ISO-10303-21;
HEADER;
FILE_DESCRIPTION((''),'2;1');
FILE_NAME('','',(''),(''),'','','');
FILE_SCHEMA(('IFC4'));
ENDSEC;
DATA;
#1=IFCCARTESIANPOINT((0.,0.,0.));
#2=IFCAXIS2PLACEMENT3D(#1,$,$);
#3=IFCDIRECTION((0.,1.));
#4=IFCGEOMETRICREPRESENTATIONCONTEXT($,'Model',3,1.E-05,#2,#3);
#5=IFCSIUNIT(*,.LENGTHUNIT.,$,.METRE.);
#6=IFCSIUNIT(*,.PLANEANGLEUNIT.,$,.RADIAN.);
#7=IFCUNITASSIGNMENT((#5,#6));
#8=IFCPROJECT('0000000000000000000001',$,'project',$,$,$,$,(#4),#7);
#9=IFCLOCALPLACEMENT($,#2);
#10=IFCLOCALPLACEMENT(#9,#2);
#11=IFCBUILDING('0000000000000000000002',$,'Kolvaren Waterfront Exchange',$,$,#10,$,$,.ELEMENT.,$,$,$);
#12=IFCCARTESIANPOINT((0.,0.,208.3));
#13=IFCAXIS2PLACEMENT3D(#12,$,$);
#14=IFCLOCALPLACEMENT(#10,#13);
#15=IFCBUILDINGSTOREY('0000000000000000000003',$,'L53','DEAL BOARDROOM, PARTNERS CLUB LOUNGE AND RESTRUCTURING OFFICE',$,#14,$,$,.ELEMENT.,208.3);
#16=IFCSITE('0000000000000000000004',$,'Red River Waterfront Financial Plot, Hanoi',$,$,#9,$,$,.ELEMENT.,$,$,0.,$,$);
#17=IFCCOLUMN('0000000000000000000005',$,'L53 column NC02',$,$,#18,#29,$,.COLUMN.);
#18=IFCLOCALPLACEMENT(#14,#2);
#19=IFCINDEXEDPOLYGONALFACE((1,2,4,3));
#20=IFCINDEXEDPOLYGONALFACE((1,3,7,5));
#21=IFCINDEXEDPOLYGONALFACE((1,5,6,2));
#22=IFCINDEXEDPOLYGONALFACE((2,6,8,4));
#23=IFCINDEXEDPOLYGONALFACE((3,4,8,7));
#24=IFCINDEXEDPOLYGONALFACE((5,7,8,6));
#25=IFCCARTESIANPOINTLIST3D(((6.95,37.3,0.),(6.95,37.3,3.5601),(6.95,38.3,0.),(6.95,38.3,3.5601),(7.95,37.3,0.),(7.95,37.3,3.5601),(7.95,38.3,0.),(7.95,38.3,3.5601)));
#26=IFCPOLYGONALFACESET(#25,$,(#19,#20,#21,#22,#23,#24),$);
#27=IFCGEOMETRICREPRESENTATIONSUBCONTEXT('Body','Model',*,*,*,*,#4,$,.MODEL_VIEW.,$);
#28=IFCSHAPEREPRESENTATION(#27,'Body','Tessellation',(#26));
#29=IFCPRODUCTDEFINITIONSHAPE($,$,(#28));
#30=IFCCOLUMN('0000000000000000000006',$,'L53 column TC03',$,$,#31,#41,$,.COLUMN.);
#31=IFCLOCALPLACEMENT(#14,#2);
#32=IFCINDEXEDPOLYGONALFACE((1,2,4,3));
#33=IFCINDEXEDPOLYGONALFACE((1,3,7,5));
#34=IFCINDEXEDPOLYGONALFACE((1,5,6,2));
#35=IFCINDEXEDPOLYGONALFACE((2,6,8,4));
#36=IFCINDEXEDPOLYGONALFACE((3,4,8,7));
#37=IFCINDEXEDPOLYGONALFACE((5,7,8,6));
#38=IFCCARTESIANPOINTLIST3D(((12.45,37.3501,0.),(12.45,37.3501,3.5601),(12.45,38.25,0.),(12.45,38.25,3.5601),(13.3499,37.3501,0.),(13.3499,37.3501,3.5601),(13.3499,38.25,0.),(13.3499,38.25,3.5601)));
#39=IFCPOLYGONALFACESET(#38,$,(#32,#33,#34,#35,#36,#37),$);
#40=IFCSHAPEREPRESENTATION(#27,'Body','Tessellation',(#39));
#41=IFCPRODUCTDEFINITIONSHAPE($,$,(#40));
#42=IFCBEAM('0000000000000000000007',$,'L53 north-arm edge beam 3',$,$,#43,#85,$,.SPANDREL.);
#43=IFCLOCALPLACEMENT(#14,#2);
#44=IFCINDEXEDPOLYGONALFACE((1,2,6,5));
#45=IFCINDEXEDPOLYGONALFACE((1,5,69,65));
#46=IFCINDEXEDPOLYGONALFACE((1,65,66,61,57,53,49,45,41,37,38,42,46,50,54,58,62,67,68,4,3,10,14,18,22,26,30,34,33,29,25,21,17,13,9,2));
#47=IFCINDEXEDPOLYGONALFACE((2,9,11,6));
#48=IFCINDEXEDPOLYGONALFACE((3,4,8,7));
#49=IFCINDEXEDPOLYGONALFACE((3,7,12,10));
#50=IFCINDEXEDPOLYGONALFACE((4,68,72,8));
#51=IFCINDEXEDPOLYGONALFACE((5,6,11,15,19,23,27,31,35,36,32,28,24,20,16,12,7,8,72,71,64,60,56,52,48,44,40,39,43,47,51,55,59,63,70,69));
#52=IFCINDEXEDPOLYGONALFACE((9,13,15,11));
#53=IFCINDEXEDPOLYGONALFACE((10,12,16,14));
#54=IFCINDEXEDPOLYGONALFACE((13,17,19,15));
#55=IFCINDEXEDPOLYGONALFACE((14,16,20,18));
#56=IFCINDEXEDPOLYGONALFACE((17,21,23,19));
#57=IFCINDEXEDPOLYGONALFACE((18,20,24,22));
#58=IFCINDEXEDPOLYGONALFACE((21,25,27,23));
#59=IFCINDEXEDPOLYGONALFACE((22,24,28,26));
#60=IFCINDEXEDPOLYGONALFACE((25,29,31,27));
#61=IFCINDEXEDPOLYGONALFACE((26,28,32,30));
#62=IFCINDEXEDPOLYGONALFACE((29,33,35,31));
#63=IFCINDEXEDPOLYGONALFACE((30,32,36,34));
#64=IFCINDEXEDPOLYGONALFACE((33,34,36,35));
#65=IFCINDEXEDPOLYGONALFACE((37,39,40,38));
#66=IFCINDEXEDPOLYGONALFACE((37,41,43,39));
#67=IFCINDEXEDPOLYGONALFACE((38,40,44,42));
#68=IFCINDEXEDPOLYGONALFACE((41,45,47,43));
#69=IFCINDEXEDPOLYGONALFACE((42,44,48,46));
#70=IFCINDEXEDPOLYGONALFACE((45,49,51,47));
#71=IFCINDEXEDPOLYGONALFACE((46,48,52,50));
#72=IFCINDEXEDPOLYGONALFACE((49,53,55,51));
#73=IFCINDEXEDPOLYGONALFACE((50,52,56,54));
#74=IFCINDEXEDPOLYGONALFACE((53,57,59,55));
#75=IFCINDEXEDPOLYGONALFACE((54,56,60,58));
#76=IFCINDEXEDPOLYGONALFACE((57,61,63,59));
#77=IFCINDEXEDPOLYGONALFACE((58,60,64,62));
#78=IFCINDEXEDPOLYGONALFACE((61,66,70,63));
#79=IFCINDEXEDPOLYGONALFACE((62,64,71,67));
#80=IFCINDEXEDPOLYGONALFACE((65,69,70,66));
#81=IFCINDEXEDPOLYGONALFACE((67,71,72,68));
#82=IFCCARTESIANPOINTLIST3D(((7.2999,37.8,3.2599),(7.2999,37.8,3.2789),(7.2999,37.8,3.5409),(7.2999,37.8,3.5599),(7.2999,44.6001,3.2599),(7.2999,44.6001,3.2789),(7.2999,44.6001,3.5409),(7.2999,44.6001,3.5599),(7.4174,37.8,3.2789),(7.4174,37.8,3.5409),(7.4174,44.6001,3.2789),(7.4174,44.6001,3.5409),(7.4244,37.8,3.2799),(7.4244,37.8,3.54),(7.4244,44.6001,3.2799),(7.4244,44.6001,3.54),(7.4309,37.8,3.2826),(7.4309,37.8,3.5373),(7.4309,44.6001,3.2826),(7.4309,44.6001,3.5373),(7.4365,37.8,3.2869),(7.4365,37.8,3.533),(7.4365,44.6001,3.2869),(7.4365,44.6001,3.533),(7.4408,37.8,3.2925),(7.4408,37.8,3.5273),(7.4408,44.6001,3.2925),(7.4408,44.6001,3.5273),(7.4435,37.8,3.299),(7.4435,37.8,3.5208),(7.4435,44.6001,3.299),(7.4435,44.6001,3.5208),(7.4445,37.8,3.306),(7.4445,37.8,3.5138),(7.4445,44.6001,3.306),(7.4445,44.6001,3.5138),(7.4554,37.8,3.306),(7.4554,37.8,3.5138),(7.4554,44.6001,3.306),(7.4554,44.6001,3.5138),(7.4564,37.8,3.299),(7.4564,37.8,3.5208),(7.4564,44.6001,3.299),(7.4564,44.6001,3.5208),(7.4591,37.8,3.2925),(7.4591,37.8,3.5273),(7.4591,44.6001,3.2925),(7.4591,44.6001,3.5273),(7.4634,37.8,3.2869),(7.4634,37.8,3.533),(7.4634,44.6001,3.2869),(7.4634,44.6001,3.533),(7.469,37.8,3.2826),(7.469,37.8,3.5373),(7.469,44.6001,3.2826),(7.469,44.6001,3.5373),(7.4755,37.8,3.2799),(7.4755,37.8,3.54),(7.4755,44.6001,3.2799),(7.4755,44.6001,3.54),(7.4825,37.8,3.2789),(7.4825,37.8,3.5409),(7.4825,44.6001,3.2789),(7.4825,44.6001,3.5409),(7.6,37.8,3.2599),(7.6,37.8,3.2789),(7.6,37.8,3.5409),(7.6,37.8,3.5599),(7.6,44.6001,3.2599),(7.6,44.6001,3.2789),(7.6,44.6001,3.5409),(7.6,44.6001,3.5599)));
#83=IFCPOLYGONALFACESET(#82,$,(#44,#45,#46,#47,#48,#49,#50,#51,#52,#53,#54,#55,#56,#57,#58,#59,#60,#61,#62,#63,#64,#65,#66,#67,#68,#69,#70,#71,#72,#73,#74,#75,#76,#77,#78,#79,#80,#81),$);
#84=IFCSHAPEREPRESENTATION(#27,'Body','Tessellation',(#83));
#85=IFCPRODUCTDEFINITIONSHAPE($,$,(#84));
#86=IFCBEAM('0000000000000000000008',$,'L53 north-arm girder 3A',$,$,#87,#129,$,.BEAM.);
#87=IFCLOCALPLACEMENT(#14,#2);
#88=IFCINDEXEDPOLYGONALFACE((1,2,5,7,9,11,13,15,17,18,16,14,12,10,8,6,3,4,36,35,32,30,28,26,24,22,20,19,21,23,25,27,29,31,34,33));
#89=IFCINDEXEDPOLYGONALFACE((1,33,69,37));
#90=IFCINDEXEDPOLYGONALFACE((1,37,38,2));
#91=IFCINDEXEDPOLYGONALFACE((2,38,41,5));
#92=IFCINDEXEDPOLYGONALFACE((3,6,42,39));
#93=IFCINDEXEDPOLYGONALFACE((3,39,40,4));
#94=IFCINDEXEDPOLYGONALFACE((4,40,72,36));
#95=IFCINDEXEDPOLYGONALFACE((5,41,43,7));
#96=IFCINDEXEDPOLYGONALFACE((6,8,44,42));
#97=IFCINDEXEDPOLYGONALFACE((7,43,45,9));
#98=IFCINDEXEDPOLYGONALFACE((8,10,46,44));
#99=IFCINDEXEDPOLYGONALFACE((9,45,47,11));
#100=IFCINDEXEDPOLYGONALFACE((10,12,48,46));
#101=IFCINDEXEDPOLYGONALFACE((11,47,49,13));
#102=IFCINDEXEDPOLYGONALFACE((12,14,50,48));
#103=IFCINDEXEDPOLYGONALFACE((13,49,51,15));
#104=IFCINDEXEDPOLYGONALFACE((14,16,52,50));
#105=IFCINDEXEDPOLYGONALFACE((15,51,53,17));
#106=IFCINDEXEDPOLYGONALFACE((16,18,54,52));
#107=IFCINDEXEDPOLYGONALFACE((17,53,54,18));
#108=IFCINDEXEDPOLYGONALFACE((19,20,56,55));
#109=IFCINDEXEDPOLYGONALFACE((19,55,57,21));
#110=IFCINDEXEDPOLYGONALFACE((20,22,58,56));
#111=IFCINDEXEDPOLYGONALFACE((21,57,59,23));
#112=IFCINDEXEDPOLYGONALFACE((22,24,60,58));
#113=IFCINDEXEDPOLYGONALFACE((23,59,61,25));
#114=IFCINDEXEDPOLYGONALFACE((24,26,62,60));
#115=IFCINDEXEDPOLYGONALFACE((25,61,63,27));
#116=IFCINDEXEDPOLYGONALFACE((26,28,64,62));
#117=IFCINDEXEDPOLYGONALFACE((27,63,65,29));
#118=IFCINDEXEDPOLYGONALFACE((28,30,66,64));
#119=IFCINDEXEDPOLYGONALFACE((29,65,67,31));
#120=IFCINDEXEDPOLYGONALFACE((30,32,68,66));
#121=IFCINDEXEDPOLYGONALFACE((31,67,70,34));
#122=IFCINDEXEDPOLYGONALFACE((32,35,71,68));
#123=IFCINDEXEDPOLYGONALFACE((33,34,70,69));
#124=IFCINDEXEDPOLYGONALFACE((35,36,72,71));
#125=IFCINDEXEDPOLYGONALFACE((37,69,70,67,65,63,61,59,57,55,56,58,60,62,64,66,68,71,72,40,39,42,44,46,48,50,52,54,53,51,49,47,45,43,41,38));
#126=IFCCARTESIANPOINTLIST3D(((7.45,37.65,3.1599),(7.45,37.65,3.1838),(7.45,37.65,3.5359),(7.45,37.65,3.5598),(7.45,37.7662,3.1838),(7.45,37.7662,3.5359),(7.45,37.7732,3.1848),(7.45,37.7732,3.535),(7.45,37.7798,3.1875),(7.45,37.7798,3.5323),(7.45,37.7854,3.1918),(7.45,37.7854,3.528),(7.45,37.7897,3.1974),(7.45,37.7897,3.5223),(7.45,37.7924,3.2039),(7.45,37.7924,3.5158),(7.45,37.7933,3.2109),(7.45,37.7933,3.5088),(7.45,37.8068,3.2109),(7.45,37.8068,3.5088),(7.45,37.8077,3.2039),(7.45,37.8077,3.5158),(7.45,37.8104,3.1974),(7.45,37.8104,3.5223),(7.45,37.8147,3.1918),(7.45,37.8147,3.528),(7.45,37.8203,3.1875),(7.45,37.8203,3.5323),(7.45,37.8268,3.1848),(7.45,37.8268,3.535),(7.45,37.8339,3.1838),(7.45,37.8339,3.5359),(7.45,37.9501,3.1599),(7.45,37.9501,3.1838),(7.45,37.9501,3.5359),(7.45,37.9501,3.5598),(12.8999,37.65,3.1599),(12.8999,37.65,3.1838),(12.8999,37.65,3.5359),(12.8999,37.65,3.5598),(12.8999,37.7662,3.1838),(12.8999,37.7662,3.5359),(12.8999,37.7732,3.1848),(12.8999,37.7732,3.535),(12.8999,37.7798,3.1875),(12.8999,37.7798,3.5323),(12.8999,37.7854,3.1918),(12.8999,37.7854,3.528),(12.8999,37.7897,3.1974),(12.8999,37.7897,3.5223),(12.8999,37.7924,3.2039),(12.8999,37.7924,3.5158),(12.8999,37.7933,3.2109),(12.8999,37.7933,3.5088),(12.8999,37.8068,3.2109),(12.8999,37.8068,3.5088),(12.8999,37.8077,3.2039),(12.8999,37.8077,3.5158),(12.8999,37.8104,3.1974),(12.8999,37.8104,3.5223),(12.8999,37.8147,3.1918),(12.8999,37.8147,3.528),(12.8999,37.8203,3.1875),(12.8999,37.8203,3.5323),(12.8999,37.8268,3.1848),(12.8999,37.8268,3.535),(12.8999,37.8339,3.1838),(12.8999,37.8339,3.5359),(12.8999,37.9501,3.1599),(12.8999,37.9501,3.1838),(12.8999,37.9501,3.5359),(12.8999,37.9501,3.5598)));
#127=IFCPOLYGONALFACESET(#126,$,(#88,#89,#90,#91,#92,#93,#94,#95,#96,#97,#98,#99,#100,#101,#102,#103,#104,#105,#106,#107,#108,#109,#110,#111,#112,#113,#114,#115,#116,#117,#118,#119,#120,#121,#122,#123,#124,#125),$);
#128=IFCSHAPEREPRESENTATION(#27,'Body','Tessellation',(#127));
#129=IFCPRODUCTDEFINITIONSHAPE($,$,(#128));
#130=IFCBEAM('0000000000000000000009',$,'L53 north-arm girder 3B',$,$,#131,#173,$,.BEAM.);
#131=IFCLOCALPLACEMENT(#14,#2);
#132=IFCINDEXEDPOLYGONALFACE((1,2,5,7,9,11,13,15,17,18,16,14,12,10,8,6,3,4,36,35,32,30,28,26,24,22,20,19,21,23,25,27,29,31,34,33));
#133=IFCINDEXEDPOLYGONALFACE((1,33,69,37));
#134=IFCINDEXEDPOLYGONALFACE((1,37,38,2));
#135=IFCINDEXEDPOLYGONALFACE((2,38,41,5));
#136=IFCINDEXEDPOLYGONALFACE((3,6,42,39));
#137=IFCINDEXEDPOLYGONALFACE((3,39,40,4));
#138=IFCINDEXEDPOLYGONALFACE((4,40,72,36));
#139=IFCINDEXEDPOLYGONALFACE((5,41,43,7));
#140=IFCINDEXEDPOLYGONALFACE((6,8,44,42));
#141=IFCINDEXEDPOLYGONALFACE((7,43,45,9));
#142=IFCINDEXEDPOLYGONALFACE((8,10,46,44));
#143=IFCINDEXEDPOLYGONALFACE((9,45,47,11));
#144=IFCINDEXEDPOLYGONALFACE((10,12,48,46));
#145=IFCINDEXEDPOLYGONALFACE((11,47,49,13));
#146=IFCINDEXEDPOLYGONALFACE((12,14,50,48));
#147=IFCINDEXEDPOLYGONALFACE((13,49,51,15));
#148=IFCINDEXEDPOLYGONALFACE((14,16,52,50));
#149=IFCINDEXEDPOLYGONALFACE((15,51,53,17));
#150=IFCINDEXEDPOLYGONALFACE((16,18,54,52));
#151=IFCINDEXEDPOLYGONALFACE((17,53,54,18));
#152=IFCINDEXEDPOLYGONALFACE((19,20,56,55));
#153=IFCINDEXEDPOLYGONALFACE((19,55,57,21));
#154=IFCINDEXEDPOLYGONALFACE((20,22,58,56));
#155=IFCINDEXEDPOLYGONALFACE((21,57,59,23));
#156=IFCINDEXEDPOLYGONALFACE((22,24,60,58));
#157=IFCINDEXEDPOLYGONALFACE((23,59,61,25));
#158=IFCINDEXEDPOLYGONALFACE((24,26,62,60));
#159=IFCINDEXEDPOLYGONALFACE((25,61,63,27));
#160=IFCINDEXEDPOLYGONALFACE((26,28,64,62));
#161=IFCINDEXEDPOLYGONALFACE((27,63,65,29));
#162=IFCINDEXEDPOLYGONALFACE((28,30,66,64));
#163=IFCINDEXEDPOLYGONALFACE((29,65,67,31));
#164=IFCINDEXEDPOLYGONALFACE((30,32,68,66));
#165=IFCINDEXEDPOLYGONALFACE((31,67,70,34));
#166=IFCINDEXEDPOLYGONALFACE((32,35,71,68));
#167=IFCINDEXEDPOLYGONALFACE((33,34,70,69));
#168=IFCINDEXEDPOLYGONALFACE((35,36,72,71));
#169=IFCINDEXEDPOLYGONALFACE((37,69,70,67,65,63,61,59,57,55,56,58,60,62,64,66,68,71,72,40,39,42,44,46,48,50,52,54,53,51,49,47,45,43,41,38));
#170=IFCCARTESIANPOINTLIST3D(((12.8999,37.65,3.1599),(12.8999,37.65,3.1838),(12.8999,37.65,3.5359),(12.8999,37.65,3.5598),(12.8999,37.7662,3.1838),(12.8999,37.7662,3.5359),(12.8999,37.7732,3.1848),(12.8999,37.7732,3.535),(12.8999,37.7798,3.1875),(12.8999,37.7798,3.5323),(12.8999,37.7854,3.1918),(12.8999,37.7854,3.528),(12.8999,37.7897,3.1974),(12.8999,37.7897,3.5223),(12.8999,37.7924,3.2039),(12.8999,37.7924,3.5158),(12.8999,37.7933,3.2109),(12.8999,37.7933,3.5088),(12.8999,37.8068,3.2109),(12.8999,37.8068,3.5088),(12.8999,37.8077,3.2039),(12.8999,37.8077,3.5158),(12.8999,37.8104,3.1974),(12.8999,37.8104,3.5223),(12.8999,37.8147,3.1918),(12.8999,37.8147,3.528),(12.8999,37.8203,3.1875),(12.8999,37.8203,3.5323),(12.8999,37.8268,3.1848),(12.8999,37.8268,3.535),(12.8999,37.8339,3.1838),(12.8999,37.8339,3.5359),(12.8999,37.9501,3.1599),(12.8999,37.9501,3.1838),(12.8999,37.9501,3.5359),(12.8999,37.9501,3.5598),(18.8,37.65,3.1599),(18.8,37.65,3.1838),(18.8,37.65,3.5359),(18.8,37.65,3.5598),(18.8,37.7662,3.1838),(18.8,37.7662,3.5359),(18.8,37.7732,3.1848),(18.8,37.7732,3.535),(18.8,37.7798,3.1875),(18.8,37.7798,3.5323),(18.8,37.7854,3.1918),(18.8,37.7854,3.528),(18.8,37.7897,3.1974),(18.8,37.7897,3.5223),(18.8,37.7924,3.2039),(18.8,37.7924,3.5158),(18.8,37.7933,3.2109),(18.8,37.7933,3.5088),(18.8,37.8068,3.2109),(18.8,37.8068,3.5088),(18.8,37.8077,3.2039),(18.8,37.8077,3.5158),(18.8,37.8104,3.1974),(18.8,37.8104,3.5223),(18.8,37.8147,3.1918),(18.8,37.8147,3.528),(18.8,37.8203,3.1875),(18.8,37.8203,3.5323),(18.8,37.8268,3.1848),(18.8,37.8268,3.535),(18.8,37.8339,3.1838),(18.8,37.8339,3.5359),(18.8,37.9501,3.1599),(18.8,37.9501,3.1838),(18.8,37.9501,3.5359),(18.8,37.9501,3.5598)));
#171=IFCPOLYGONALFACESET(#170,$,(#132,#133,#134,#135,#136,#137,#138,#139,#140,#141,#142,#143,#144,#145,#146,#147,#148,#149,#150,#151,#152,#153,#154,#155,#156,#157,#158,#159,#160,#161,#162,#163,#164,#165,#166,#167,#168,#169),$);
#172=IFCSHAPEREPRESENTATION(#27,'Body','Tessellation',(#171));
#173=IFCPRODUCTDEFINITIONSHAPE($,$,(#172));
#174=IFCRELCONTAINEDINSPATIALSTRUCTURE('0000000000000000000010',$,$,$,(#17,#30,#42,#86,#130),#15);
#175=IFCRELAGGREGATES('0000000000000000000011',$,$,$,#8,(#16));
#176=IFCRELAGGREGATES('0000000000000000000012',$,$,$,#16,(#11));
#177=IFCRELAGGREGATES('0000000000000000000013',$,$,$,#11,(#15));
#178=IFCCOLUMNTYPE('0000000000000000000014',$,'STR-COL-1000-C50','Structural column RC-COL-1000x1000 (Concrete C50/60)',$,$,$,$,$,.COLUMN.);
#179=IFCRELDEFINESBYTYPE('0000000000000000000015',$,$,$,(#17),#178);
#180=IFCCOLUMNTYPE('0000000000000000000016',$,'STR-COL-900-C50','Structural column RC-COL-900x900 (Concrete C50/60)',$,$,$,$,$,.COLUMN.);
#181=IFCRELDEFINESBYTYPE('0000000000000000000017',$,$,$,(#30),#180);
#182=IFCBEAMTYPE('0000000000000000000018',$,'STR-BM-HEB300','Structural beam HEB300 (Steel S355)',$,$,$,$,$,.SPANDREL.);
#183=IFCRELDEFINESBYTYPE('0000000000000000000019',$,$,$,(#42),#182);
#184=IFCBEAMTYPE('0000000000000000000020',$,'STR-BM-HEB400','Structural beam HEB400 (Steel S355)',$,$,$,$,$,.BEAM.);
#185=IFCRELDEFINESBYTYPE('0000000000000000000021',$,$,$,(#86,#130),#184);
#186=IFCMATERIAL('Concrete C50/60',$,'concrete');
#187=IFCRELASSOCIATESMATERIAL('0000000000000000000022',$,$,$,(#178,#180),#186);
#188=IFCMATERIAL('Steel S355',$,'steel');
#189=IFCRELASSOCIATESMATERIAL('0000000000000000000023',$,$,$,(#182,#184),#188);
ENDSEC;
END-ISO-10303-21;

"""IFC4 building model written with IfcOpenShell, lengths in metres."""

from ifc_helpers import new_model, si_unit, direction, frame, origin, origin_2d, place, context, subcontext, project, spatial, rectangle, i_section, extrude, material, material_profile, profile_set, type_object, element, save


model = new_model("IFC4")

# Units and contexts
model_context = context("Model", 3, precision=1e-05, world=origin(), true_north=direction((0.0, 1.0)))
body_context = subcontext(model_context, "Body", "Model", "MODEL_VIEW")
ifc_project = project(units=[si_unit("LENGTHUNIT", "METRE"), si_unit("PLANEANGLEUNIT", "RADIAN")], contexts=[model_context])

# Site, building, storey
site_placement = place(None, origin())
site = spatial("IfcSite", under=ifc_project, at=site_placement, Name="Red River Waterfront Financial Plot, Hanoi", CompositionType="ELEMENT", RefElevation=0.0)
building_placement = place(site_placement, origin())
building = spatial("IfcBuilding", under=site, at=building_placement, Name="Kolvaren Waterfront Exchange", CompositionType="ELEMENT")
storey_placement = place(building_placement, frame((0.0, 0.0, 208.3)))
storey = spatial("IfcBuildingStorey", under=building, at=storey_placement, Name="L53", Description="DEAL BOARDROOM, PARTNERS CLUB LOUNGE AND RESTRUCTURING OFFICE", CompositionType="ELEMENT", Elevation=208.3)

# Columns
ifc_material_1 = material(Name="Concrete C50/60", Category="concrete")
ifc_material_profile_1 = material_profile(ifc_material_1, rectangle(XDim=1.0, YDim=1.0, at=origin_2d()), Name="RC-COL-1000x1000")
ifc_profile_set_1 = profile_set([ifc_material_profile_1], Name="Concrete C50/60")
column_type_1 = type_object("IfcColumnType", Name="STR-COL-1000-C50", Description="Structural column RC-COL-1000x1000 (Concrete C50/60)", PredefinedType="COLUMN", material=ifc_profile_set_1)
column_1_placement = place(storey_placement, frame((7.45, 37.8, 0.0), z_axis=(0.0, 0.0, 1.0), x_axis=(1.0, 0.0, 0.0)))
element("IfcColumn", 1, at=column_1_placement, inside=storey, type_object=column_type_1, Name="L53 column NC02", PredefinedType="COLUMN", context=body_context, shape_type="SweptSolid", body=[
    extrude(rectangle(XDim=1.0, YDim=1.0, at=origin_2d()), origin(), (0.0, 0.0, 1.0), 3.5601),
])
ifc_material_profile_2 = material_profile(ifc_material_1, rectangle(XDim=0.8999, YDim=0.8999, at=origin_2d()), Name="RC-COL-900x900")
ifc_profile_set_2 = profile_set([ifc_material_profile_2], Name="Concrete C50/60")
column_type_2 = type_object("IfcColumnType", Name="STR-COL-900-C50", Description="Structural column RC-COL-900x900 (Concrete C50/60)", PredefinedType="COLUMN", material=ifc_profile_set_2)
column_2_placement = place(storey_placement, frame((12.8999, 37.8, 0.0), z_axis=(0.0, 0.0, 1.0), x_axis=(1.0, 0.0, 0.0)))
element("IfcColumn", 2, at=column_2_placement, inside=storey, type_object=column_type_2, Name="L53 column TC03", PredefinedType="COLUMN", context=body_context, shape_type="SweptSolid", body=[
    extrude(rectangle(XDim=0.8999, YDim=0.8999, at=origin_2d()), origin(), (0.0, 0.0, 1.0), 3.5601),
])

# Beams
ifc_material_2 = material(Name="Steel S355", Category="steel")
ifc_material_profile_3 = material_profile(ifc_material_2, i_section(OverallWidth=0.3, OverallDepth=0.3, WebThickness=0.011, FlangeThickness=0.019, FilletRadius=0.0271, at=origin_2d()), Name="HEB300")
ifc_profile_set_3 = profile_set([ifc_material_profile_3], Name="Steel S355")
beam_type_1 = type_object("IfcBeamType", Name="STR-BM-HEB300", Description="Structural beam HEB300 (Steel S355)", PredefinedType="SPANDREL", material=ifc_profile_set_3)
beam_1_placement = place(storey_placement, frame((7.45, 37.8, 3.4099), z_axis=(0.0, 1.0, 0.0), x_axis=(-1.0, 0.0, 0.0)))
element("IfcBeam", 3, at=beam_1_placement, inside=storey, type_object=beam_type_1, Name="L53 north-arm edge beam 3", PredefinedType="SPANDREL", context=body_context, shape_type="SweptSolid", body=[
    extrude(i_section(OverallWidth=0.3, OverallDepth=0.3, WebThickness=0.011, FlangeThickness=0.019, FilletRadius=0.0271, at=origin_2d()), origin(), (0.0, 0.0, 1.0), 6.8),
])
ifc_material_profile_4 = material_profile(ifc_material_2, i_section(OverallWidth=0.3, OverallDepth=0.3999, WebThickness=0.0134, FlangeThickness=0.0239, FilletRadius=0.0271, at=origin_2d()), Name="HEB400")
ifc_profile_set_4 = profile_set([ifc_material_profile_4], Name="Steel S355")
beam_type_2 = type_object("IfcBeamType", Name="STR-BM-HEB400", Description="Structural beam HEB400 (Steel S355)", PredefinedType="BEAM", material=ifc_profile_set_4)
beam_2_placement = place(storey_placement, frame((7.45, 37.8, 3.3599), z_axis=(1.0, 0.0, 0.0), x_axis=(0.0, 1.0, 0.0)))
element("IfcBeam", 4, at=beam_2_placement, inside=storey, type_object=beam_type_2, Name="L53 north-arm girder 3A", PredefinedType="BEAM", context=body_context, shape_type="SweptSolid", body=[
    extrude(i_section(OverallWidth=0.3, OverallDepth=0.3999, WebThickness=0.0134, FlangeThickness=0.0239, FilletRadius=0.0271, at=origin_2d()), origin(), (0.0, 0.0, 1.0), 5.45),
])
beam_3_placement = place(storey_placement, frame((12.8999, 37.8, 3.3599), z_axis=(1.0, 0.0, 0.0), x_axis=(0.0, 1.0, 0.0)))
element("IfcBeam", 5, at=beam_3_placement, inside=storey, type_object=beam_type_2, Name="L53 north-arm girder 3B", PredefinedType="BEAM", context=body_context, shape_type="SweptSolid", body=[
    extrude(i_section(OverallWidth=0.3, OverallDepth=0.3999, WebThickness=0.0134, FlangeThickness=0.0239, FilletRadius=0.0271, at=origin_2d()), origin(), (0.0, 0.0, 1.0), 5.9001),
])

save(model, "model.ifc")
